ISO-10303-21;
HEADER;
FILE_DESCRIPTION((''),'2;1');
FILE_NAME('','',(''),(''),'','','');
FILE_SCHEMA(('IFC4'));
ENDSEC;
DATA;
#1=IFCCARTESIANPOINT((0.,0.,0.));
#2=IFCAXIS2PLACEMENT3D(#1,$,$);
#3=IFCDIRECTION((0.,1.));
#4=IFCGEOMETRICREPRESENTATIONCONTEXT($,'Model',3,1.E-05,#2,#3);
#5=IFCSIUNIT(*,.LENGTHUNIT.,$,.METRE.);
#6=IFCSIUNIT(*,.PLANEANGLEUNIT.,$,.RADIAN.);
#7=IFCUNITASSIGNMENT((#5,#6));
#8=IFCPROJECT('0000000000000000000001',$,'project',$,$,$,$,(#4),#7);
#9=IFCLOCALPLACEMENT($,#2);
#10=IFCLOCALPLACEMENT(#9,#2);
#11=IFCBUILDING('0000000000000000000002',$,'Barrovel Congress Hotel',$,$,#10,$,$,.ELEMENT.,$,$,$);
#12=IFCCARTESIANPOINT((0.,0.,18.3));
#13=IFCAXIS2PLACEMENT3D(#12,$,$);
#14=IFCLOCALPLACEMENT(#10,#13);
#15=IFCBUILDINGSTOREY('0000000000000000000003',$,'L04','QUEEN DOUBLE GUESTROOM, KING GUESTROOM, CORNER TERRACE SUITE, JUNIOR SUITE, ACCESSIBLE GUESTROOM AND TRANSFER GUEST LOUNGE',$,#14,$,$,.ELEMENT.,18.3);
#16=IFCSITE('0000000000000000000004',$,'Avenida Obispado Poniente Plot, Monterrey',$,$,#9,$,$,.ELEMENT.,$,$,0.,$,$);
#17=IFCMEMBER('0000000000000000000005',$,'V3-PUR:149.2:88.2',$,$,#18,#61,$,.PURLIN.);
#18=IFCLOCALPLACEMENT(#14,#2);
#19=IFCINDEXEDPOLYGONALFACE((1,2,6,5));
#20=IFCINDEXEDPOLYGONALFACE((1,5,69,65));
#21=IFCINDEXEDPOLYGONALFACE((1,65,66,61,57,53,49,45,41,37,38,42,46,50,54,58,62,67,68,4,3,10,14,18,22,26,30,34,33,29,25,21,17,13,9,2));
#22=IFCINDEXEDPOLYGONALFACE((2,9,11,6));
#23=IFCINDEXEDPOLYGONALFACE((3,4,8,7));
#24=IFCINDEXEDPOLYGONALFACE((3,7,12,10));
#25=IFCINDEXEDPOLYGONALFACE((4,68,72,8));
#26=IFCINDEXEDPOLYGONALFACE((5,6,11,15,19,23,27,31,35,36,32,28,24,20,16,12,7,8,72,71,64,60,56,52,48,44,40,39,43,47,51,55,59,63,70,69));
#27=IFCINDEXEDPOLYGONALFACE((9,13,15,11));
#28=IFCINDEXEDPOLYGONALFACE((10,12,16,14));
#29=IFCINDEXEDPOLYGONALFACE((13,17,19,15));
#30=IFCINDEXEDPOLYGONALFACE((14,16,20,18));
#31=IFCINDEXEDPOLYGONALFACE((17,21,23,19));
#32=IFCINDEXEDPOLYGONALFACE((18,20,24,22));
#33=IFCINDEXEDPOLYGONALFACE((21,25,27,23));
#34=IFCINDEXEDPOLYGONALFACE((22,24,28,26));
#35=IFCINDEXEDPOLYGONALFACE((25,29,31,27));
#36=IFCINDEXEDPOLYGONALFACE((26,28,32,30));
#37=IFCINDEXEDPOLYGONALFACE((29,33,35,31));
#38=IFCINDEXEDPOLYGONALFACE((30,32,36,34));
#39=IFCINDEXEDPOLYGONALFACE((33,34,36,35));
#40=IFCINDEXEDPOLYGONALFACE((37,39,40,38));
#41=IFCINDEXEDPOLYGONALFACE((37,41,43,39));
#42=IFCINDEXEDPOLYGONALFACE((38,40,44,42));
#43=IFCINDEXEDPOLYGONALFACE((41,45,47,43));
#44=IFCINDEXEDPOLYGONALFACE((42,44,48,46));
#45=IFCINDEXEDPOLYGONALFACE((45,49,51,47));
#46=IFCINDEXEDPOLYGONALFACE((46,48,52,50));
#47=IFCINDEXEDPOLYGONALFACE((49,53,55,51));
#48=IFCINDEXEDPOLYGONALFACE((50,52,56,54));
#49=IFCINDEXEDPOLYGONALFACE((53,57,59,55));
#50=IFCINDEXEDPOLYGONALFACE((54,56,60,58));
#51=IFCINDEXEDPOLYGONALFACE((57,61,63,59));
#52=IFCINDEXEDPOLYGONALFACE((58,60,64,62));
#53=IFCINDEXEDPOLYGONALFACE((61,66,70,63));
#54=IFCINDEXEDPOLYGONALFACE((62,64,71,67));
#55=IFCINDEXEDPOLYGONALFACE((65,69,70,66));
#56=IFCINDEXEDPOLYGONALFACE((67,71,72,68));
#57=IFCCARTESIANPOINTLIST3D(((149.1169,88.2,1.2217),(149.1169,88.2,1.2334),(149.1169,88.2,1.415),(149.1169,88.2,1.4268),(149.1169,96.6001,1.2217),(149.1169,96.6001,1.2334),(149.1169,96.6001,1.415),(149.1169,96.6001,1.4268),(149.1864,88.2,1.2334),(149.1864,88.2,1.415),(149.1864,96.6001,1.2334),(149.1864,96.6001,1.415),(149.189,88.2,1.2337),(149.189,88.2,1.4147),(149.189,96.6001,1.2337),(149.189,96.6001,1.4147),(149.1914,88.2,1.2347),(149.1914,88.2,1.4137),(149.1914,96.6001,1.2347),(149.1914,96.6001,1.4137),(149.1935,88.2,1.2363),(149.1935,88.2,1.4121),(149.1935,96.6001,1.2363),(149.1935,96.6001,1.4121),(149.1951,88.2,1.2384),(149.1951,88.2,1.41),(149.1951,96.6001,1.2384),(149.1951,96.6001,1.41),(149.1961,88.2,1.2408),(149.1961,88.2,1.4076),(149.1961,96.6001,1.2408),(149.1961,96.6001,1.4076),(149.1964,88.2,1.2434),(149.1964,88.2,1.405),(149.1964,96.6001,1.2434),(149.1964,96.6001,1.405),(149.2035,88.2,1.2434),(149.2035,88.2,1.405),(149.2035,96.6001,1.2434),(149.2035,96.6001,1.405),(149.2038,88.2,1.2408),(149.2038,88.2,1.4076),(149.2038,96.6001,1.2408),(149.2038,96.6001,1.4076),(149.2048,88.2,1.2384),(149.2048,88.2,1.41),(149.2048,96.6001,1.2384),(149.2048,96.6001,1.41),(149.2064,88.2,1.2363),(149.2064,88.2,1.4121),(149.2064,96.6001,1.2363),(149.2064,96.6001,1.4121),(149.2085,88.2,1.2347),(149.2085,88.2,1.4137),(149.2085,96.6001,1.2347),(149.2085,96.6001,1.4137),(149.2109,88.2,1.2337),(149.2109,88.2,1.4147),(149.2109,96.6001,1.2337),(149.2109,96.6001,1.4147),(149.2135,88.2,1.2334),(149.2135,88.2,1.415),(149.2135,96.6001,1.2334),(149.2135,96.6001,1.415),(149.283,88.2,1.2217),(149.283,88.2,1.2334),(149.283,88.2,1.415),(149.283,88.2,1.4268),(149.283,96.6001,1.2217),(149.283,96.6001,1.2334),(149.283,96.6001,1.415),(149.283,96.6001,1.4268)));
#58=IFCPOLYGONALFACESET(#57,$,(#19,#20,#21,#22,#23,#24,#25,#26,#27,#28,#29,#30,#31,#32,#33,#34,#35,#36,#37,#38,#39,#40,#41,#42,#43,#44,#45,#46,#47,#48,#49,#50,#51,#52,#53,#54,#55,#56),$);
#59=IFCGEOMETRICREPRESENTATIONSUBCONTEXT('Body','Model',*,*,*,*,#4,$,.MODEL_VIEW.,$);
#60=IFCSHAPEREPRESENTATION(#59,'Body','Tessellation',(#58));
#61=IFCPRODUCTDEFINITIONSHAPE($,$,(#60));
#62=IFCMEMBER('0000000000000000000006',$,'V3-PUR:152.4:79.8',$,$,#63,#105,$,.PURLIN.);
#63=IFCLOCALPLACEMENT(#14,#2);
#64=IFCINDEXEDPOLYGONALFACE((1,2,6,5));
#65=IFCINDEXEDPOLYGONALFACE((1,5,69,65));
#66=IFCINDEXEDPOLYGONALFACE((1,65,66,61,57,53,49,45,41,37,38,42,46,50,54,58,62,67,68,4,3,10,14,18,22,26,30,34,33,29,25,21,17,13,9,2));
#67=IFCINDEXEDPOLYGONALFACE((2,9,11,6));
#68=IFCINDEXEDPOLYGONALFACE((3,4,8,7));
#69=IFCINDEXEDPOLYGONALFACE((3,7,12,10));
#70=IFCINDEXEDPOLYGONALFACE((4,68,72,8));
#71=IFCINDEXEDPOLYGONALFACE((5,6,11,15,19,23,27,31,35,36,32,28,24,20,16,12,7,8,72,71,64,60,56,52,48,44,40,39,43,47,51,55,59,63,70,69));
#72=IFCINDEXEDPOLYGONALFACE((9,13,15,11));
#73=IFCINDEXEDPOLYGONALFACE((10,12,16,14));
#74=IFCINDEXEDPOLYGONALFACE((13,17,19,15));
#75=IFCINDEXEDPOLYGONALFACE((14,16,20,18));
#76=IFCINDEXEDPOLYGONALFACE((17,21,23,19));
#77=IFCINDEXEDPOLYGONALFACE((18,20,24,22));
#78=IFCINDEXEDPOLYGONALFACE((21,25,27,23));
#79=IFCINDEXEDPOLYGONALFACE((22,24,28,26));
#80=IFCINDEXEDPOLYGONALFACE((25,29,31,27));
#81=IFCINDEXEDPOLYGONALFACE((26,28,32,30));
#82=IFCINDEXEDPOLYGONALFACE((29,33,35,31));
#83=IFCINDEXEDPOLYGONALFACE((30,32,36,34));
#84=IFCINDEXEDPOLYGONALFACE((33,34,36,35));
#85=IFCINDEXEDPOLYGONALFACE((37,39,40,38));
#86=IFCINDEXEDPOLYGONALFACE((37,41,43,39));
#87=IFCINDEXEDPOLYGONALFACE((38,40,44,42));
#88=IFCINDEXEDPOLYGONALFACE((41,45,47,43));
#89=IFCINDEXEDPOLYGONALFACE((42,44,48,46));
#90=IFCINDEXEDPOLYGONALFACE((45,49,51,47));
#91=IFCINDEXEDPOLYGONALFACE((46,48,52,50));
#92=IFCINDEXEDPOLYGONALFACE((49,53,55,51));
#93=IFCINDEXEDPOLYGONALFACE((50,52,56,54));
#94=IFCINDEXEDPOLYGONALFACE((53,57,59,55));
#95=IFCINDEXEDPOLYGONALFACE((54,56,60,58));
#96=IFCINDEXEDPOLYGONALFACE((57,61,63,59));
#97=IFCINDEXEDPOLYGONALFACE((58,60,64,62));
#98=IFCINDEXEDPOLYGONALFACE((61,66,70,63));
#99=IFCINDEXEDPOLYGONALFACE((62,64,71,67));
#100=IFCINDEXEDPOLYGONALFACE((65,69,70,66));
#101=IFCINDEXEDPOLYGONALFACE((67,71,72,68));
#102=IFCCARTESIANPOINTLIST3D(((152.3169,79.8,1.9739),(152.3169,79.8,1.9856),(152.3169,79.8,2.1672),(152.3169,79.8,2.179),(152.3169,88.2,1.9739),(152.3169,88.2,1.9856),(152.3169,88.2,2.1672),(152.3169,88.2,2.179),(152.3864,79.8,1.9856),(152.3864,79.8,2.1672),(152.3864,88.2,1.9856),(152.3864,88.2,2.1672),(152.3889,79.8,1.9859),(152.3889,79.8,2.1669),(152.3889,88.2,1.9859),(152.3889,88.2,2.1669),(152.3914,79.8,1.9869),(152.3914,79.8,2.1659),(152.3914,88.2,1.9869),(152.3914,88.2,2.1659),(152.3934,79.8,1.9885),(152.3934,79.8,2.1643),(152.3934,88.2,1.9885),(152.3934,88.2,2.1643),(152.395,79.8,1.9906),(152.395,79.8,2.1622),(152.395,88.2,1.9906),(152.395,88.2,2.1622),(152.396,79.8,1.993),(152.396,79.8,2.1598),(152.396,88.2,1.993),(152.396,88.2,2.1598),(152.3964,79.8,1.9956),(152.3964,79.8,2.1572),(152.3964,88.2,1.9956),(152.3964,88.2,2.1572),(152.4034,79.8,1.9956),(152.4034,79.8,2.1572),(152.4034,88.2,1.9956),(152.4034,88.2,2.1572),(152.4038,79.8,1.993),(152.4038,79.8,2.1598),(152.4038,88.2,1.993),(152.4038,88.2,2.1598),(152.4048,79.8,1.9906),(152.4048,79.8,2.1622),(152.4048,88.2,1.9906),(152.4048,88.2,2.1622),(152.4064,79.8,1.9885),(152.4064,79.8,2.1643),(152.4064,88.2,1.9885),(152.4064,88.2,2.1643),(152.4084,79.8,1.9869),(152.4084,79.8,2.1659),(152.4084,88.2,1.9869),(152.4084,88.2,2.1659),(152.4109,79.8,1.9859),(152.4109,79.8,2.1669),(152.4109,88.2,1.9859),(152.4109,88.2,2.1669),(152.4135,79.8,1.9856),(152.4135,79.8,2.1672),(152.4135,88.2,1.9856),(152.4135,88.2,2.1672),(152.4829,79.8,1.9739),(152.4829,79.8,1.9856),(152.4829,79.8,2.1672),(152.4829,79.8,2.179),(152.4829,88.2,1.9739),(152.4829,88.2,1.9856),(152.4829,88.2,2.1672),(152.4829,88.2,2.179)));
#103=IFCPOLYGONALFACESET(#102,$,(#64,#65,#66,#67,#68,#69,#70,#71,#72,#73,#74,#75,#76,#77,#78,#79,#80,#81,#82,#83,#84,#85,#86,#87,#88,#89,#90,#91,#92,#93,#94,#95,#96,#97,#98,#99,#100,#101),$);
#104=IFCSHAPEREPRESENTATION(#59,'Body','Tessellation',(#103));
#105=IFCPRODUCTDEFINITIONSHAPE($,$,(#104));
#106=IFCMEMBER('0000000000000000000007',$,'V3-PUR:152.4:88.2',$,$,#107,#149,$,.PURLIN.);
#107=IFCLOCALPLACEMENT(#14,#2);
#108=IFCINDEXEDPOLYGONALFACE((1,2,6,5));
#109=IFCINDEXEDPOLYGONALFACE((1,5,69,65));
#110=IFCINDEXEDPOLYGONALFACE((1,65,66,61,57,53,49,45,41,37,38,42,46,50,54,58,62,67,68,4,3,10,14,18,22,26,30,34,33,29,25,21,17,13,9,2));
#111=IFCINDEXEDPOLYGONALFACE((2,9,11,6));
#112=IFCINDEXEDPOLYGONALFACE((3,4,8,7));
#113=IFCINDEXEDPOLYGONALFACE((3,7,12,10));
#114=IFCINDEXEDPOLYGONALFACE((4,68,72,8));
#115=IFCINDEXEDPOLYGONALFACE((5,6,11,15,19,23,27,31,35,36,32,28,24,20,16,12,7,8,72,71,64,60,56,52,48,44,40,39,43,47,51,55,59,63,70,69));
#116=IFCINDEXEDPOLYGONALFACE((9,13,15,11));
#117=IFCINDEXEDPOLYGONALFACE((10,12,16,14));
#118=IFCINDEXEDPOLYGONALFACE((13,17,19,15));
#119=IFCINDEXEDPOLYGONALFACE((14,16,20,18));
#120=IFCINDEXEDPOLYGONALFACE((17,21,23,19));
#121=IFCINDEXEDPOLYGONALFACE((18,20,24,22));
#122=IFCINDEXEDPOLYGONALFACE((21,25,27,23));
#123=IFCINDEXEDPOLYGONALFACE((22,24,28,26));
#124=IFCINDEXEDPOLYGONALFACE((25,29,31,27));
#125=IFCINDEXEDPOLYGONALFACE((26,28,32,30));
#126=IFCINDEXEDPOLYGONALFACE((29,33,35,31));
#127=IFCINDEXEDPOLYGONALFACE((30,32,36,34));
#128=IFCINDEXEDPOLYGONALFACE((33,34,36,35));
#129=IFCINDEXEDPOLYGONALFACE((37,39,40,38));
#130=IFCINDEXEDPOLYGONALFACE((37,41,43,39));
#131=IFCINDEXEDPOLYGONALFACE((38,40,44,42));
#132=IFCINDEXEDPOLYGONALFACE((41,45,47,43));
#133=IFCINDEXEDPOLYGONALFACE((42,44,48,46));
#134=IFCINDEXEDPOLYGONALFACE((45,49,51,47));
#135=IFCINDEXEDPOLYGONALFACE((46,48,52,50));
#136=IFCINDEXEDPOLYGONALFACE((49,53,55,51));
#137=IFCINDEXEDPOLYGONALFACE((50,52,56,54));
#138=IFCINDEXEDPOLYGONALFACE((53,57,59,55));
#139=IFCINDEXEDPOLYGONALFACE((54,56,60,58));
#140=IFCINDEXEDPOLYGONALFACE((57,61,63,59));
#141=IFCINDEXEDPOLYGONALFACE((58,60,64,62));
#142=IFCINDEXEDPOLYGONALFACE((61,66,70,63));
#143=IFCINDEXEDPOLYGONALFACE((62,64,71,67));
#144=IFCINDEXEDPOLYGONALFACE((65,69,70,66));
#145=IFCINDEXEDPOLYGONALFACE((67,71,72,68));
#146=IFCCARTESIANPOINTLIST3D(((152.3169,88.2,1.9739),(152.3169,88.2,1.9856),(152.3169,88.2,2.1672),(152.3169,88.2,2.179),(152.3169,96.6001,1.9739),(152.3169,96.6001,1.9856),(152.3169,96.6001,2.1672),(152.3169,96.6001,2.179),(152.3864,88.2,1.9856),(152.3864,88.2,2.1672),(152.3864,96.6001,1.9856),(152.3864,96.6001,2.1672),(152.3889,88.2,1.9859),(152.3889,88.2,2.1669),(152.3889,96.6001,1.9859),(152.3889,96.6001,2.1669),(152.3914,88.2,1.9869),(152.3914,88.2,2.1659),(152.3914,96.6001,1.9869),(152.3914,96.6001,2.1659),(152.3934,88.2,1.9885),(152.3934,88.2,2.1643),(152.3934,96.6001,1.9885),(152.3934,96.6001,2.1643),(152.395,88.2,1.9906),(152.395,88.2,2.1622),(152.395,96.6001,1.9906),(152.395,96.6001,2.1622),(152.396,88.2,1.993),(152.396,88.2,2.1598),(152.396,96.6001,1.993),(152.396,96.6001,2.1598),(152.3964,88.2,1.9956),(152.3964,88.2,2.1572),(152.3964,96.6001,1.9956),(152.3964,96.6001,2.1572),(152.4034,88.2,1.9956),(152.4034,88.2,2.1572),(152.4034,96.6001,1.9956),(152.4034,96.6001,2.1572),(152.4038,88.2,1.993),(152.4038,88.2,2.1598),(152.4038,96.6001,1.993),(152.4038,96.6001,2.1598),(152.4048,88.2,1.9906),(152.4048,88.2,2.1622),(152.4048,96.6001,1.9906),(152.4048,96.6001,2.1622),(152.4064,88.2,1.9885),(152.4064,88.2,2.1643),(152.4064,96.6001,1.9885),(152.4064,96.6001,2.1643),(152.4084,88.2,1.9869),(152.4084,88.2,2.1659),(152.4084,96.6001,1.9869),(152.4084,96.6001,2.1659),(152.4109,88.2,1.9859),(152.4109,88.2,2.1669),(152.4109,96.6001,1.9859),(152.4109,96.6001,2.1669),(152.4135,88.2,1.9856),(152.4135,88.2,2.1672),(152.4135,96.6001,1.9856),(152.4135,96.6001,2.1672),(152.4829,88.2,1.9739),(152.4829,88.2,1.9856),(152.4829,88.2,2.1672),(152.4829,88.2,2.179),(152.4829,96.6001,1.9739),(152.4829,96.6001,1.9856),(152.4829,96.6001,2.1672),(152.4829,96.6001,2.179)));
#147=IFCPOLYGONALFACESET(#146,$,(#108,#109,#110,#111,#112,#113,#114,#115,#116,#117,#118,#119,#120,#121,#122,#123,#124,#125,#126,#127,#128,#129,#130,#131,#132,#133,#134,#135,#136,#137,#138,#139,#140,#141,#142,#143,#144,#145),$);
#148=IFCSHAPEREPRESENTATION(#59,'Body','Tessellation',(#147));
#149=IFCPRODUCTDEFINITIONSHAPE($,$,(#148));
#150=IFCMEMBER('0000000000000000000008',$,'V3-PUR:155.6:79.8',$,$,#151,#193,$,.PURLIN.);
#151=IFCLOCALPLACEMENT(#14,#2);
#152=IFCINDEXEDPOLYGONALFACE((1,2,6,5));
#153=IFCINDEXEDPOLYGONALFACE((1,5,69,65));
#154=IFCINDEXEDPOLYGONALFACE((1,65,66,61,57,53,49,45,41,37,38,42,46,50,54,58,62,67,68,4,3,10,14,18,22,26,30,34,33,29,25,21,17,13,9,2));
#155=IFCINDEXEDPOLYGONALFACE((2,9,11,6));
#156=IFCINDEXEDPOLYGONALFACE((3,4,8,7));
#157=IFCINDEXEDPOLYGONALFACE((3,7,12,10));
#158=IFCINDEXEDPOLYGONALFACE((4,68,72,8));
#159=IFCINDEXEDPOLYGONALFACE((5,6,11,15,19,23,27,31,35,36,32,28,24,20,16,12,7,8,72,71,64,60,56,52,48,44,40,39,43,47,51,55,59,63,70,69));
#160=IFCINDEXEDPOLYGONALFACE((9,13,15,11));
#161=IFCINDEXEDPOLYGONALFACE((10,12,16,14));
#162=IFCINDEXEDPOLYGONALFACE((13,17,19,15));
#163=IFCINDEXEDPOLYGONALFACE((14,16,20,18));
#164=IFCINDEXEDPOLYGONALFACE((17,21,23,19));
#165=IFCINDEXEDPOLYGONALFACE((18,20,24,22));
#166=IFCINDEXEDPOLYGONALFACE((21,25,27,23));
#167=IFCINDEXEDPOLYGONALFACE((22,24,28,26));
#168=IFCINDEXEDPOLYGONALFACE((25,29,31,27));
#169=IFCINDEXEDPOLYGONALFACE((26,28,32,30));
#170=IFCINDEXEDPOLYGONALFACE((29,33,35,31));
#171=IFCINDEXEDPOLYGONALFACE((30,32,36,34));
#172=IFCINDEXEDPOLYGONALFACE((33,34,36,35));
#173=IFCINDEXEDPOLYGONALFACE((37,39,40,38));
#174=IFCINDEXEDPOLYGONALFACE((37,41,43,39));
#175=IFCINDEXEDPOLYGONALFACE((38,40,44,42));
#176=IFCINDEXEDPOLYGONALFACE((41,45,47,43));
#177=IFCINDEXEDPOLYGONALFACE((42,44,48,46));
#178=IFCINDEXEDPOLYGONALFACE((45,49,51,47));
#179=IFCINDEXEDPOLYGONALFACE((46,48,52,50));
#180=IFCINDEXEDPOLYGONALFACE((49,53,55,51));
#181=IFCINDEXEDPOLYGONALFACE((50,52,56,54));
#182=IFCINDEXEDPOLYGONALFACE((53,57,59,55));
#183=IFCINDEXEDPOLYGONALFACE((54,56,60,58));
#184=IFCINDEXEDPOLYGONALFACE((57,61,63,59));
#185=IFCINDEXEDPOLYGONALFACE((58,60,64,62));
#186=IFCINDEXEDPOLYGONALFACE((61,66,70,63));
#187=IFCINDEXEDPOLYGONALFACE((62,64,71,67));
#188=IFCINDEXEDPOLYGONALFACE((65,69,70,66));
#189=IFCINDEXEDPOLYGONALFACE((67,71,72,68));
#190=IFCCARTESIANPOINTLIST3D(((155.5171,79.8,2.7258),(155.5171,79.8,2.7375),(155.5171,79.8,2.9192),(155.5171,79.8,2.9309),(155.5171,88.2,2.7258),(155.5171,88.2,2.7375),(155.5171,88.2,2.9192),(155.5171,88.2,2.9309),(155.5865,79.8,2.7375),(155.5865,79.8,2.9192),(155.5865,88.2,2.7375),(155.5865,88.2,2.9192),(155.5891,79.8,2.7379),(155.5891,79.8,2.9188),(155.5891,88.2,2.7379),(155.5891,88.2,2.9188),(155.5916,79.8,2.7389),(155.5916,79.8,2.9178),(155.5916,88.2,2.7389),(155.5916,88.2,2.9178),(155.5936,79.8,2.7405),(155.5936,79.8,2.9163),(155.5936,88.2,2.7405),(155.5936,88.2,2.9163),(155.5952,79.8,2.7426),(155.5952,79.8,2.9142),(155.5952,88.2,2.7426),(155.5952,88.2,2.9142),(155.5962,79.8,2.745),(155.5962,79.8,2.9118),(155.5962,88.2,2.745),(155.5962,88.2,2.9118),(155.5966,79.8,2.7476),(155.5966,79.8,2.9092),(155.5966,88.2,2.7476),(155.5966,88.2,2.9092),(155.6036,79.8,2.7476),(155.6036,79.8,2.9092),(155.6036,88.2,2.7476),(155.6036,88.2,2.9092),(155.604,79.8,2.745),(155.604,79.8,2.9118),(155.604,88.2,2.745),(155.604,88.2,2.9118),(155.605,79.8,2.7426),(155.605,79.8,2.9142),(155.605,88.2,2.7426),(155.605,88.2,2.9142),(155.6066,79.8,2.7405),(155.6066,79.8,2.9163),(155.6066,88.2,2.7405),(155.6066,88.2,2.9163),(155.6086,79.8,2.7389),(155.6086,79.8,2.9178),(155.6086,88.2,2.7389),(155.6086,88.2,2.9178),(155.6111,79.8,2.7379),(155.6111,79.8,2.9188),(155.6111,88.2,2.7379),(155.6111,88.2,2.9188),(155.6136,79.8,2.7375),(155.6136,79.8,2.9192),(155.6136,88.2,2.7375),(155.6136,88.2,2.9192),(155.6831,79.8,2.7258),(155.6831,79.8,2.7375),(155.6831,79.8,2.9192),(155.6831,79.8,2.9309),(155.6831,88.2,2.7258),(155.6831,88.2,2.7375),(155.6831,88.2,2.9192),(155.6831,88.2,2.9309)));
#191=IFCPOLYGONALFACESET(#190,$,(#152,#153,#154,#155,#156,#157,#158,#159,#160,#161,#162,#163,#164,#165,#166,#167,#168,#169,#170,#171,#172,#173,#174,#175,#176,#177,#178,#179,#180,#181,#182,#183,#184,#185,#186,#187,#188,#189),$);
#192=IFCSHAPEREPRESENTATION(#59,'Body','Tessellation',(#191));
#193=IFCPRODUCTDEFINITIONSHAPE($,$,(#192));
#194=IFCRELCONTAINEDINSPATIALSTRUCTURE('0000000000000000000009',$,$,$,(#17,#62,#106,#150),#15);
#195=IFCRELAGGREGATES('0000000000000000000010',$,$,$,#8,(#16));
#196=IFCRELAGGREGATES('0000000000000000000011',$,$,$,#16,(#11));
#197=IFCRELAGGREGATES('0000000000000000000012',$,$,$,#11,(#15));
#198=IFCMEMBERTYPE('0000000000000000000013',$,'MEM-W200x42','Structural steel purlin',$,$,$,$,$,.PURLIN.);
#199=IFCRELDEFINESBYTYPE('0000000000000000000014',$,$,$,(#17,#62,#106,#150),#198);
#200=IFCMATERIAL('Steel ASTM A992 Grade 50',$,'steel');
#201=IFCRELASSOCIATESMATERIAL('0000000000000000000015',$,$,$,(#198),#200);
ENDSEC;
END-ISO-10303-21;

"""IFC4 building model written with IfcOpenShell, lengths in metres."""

from ifc_helpers import new_model, si_unit, direction, frame, origin, origin_2d, place, context, subcontext, project, spatial, i_section, extrude, material, material_profile, profile_set, type_object, element, save


model = new_model("IFC4")

# Units and contexts
model_context = context("Model", 3, precision=1e-05, world=origin(), true_north=direction((0.0, 1.0)))
body_context = subcontext(model_context, "Body", "Model", "MODEL_VIEW")
ifc_project = project(units=[si_unit("LENGTHUNIT", "METRE"), si_unit("PLANEANGLEUNIT", "RADIAN")], contexts=[model_context])

# Site, building, storey
site_placement = place(None, origin())
site = spatial("IfcSite", under=ifc_project, at=site_placement, Name="Avenida Obispado Poniente Plot, Monterrey", CompositionType="ELEMENT", RefElevation=0.0)
building_placement = place(site_placement, origin())
building = spatial("IfcBuilding", under=site, at=building_placement, Name="Barrovel Congress Hotel", CompositionType="ELEMENT")
storey_placement = place(building_placement, frame((0.0, 0.0, 18.3)))
storey = spatial("IfcBuildingStorey", under=building, at=storey_placement, Name="L04", Description="QUEEN DOUBLE GUESTROOM, KING GUESTROOM, CORNER TERRACE SUITE, JUNIOR SUITE, ACCESSIBLE GUESTROOM AND TRANSFER GUEST LOUNGE", CompositionType="ELEMENT", Elevation=18.3)

# Members
ifc_material_1 = material(Name="Steel ASTM A992 Grade 50", Category="steel")
ifc_material_profile_1 = material_profile(ifc_material_1, i_section(OverallWidth=0.166, OverallDepth=0.2051, WebThickness=0.0071, FlangeThickness=0.0117, FilletRadius=0.01, at=origin_2d()), Name="W200x42")
ifc_profile_set_1 = profile_set([ifc_material_profile_1], Name="Steel ASTM A992 Grade 50")
member_type_1 = type_object("IfcMemberType", Name="MEM-W200x42", Description="Structural steel purlin", PredefinedType="PURLIN", material=ifc_profile_set_1)
member_1_placement = place(storey_placement, frame((149.2, 88.2, 1.3242), z_axis=(0.0, 1.0, 0.0), x_axis=(-1.0, 0.0, 0.0)))
element("IfcMember", 1, at=member_1_placement, inside=storey, type_object=member_type_1, Name="V3-PUR:149.2:88.2", PredefinedType="PURLIN", context=body_context, shape_type="SweptSolid", body=[
    extrude(i_section(OverallWidth=0.166, OverallDepth=0.2051, WebThickness=0.0071, FlangeThickness=0.0117, FilletRadius=0.01, at=origin_2d()), origin(), (0.0, 0.0, 1.0), 8.4001),
])
member_2_placement = place(storey_placement, frame((152.3999, 79.8, 2.0764), z_axis=(0.0, 1.0, 0.0), x_axis=(-1.0, 0.0, 0.0)))
element("IfcMember", 2, at=member_2_placement, inside=storey, type_object=member_type_1, Name="V3-PUR:152.4:79.8", PredefinedType="PURLIN", context=body_context, shape_type="SweptSolid", body=[
    extrude(i_section(OverallWidth=0.166, OverallDepth=0.2051, WebThickness=0.0071, FlangeThickness=0.0117, FilletRadius=0.01, at=origin_2d()), origin(), (0.0, 0.0, 1.0), 8.3999),
])
member_3_placement = place(storey_placement, frame((152.3999, 88.2, 2.0764), z_axis=(0.0, 1.0, 0.0), x_axis=(-1.0, 0.0, 0.0)))
element("IfcMember", 3, at=member_3_placement, inside=storey, type_object=member_type_1, Name="V3-PUR:152.4:88.2", PredefinedType="PURLIN", context=body_context, shape_type="SweptSolid", body=[
    extrude(i_section(OverallWidth=0.166, OverallDepth=0.2051, WebThickness=0.0071, FlangeThickness=0.0117, FilletRadius=0.01, at=origin_2d()), origin(), (0.0, 0.0, 1.0), 8.4001),
])
member_4_placement = place(storey_placement, frame((155.6001, 79.8, 2.8284), z_axis=(0.0, 1.0, 0.0), x_axis=(-1.0, 0.0, 0.0)))
element("IfcMember", 4, at=member_4_placement, inside=storey, type_object=member_type_1, Name="V3-PUR:155.6:79.8", PredefinedType="PURLIN", context=body_context, shape_type="SweptSolid", body=[
    extrude(i_section(OverallWidth=0.166, OverallDepth=0.2051, WebThickness=0.0071, FlangeThickness=0.0117, FilletRadius=0.01, at=origin_2d()), origin(), (0.0, 0.0, 1.0), 8.3999),
])

save(model, "model.ifc")
